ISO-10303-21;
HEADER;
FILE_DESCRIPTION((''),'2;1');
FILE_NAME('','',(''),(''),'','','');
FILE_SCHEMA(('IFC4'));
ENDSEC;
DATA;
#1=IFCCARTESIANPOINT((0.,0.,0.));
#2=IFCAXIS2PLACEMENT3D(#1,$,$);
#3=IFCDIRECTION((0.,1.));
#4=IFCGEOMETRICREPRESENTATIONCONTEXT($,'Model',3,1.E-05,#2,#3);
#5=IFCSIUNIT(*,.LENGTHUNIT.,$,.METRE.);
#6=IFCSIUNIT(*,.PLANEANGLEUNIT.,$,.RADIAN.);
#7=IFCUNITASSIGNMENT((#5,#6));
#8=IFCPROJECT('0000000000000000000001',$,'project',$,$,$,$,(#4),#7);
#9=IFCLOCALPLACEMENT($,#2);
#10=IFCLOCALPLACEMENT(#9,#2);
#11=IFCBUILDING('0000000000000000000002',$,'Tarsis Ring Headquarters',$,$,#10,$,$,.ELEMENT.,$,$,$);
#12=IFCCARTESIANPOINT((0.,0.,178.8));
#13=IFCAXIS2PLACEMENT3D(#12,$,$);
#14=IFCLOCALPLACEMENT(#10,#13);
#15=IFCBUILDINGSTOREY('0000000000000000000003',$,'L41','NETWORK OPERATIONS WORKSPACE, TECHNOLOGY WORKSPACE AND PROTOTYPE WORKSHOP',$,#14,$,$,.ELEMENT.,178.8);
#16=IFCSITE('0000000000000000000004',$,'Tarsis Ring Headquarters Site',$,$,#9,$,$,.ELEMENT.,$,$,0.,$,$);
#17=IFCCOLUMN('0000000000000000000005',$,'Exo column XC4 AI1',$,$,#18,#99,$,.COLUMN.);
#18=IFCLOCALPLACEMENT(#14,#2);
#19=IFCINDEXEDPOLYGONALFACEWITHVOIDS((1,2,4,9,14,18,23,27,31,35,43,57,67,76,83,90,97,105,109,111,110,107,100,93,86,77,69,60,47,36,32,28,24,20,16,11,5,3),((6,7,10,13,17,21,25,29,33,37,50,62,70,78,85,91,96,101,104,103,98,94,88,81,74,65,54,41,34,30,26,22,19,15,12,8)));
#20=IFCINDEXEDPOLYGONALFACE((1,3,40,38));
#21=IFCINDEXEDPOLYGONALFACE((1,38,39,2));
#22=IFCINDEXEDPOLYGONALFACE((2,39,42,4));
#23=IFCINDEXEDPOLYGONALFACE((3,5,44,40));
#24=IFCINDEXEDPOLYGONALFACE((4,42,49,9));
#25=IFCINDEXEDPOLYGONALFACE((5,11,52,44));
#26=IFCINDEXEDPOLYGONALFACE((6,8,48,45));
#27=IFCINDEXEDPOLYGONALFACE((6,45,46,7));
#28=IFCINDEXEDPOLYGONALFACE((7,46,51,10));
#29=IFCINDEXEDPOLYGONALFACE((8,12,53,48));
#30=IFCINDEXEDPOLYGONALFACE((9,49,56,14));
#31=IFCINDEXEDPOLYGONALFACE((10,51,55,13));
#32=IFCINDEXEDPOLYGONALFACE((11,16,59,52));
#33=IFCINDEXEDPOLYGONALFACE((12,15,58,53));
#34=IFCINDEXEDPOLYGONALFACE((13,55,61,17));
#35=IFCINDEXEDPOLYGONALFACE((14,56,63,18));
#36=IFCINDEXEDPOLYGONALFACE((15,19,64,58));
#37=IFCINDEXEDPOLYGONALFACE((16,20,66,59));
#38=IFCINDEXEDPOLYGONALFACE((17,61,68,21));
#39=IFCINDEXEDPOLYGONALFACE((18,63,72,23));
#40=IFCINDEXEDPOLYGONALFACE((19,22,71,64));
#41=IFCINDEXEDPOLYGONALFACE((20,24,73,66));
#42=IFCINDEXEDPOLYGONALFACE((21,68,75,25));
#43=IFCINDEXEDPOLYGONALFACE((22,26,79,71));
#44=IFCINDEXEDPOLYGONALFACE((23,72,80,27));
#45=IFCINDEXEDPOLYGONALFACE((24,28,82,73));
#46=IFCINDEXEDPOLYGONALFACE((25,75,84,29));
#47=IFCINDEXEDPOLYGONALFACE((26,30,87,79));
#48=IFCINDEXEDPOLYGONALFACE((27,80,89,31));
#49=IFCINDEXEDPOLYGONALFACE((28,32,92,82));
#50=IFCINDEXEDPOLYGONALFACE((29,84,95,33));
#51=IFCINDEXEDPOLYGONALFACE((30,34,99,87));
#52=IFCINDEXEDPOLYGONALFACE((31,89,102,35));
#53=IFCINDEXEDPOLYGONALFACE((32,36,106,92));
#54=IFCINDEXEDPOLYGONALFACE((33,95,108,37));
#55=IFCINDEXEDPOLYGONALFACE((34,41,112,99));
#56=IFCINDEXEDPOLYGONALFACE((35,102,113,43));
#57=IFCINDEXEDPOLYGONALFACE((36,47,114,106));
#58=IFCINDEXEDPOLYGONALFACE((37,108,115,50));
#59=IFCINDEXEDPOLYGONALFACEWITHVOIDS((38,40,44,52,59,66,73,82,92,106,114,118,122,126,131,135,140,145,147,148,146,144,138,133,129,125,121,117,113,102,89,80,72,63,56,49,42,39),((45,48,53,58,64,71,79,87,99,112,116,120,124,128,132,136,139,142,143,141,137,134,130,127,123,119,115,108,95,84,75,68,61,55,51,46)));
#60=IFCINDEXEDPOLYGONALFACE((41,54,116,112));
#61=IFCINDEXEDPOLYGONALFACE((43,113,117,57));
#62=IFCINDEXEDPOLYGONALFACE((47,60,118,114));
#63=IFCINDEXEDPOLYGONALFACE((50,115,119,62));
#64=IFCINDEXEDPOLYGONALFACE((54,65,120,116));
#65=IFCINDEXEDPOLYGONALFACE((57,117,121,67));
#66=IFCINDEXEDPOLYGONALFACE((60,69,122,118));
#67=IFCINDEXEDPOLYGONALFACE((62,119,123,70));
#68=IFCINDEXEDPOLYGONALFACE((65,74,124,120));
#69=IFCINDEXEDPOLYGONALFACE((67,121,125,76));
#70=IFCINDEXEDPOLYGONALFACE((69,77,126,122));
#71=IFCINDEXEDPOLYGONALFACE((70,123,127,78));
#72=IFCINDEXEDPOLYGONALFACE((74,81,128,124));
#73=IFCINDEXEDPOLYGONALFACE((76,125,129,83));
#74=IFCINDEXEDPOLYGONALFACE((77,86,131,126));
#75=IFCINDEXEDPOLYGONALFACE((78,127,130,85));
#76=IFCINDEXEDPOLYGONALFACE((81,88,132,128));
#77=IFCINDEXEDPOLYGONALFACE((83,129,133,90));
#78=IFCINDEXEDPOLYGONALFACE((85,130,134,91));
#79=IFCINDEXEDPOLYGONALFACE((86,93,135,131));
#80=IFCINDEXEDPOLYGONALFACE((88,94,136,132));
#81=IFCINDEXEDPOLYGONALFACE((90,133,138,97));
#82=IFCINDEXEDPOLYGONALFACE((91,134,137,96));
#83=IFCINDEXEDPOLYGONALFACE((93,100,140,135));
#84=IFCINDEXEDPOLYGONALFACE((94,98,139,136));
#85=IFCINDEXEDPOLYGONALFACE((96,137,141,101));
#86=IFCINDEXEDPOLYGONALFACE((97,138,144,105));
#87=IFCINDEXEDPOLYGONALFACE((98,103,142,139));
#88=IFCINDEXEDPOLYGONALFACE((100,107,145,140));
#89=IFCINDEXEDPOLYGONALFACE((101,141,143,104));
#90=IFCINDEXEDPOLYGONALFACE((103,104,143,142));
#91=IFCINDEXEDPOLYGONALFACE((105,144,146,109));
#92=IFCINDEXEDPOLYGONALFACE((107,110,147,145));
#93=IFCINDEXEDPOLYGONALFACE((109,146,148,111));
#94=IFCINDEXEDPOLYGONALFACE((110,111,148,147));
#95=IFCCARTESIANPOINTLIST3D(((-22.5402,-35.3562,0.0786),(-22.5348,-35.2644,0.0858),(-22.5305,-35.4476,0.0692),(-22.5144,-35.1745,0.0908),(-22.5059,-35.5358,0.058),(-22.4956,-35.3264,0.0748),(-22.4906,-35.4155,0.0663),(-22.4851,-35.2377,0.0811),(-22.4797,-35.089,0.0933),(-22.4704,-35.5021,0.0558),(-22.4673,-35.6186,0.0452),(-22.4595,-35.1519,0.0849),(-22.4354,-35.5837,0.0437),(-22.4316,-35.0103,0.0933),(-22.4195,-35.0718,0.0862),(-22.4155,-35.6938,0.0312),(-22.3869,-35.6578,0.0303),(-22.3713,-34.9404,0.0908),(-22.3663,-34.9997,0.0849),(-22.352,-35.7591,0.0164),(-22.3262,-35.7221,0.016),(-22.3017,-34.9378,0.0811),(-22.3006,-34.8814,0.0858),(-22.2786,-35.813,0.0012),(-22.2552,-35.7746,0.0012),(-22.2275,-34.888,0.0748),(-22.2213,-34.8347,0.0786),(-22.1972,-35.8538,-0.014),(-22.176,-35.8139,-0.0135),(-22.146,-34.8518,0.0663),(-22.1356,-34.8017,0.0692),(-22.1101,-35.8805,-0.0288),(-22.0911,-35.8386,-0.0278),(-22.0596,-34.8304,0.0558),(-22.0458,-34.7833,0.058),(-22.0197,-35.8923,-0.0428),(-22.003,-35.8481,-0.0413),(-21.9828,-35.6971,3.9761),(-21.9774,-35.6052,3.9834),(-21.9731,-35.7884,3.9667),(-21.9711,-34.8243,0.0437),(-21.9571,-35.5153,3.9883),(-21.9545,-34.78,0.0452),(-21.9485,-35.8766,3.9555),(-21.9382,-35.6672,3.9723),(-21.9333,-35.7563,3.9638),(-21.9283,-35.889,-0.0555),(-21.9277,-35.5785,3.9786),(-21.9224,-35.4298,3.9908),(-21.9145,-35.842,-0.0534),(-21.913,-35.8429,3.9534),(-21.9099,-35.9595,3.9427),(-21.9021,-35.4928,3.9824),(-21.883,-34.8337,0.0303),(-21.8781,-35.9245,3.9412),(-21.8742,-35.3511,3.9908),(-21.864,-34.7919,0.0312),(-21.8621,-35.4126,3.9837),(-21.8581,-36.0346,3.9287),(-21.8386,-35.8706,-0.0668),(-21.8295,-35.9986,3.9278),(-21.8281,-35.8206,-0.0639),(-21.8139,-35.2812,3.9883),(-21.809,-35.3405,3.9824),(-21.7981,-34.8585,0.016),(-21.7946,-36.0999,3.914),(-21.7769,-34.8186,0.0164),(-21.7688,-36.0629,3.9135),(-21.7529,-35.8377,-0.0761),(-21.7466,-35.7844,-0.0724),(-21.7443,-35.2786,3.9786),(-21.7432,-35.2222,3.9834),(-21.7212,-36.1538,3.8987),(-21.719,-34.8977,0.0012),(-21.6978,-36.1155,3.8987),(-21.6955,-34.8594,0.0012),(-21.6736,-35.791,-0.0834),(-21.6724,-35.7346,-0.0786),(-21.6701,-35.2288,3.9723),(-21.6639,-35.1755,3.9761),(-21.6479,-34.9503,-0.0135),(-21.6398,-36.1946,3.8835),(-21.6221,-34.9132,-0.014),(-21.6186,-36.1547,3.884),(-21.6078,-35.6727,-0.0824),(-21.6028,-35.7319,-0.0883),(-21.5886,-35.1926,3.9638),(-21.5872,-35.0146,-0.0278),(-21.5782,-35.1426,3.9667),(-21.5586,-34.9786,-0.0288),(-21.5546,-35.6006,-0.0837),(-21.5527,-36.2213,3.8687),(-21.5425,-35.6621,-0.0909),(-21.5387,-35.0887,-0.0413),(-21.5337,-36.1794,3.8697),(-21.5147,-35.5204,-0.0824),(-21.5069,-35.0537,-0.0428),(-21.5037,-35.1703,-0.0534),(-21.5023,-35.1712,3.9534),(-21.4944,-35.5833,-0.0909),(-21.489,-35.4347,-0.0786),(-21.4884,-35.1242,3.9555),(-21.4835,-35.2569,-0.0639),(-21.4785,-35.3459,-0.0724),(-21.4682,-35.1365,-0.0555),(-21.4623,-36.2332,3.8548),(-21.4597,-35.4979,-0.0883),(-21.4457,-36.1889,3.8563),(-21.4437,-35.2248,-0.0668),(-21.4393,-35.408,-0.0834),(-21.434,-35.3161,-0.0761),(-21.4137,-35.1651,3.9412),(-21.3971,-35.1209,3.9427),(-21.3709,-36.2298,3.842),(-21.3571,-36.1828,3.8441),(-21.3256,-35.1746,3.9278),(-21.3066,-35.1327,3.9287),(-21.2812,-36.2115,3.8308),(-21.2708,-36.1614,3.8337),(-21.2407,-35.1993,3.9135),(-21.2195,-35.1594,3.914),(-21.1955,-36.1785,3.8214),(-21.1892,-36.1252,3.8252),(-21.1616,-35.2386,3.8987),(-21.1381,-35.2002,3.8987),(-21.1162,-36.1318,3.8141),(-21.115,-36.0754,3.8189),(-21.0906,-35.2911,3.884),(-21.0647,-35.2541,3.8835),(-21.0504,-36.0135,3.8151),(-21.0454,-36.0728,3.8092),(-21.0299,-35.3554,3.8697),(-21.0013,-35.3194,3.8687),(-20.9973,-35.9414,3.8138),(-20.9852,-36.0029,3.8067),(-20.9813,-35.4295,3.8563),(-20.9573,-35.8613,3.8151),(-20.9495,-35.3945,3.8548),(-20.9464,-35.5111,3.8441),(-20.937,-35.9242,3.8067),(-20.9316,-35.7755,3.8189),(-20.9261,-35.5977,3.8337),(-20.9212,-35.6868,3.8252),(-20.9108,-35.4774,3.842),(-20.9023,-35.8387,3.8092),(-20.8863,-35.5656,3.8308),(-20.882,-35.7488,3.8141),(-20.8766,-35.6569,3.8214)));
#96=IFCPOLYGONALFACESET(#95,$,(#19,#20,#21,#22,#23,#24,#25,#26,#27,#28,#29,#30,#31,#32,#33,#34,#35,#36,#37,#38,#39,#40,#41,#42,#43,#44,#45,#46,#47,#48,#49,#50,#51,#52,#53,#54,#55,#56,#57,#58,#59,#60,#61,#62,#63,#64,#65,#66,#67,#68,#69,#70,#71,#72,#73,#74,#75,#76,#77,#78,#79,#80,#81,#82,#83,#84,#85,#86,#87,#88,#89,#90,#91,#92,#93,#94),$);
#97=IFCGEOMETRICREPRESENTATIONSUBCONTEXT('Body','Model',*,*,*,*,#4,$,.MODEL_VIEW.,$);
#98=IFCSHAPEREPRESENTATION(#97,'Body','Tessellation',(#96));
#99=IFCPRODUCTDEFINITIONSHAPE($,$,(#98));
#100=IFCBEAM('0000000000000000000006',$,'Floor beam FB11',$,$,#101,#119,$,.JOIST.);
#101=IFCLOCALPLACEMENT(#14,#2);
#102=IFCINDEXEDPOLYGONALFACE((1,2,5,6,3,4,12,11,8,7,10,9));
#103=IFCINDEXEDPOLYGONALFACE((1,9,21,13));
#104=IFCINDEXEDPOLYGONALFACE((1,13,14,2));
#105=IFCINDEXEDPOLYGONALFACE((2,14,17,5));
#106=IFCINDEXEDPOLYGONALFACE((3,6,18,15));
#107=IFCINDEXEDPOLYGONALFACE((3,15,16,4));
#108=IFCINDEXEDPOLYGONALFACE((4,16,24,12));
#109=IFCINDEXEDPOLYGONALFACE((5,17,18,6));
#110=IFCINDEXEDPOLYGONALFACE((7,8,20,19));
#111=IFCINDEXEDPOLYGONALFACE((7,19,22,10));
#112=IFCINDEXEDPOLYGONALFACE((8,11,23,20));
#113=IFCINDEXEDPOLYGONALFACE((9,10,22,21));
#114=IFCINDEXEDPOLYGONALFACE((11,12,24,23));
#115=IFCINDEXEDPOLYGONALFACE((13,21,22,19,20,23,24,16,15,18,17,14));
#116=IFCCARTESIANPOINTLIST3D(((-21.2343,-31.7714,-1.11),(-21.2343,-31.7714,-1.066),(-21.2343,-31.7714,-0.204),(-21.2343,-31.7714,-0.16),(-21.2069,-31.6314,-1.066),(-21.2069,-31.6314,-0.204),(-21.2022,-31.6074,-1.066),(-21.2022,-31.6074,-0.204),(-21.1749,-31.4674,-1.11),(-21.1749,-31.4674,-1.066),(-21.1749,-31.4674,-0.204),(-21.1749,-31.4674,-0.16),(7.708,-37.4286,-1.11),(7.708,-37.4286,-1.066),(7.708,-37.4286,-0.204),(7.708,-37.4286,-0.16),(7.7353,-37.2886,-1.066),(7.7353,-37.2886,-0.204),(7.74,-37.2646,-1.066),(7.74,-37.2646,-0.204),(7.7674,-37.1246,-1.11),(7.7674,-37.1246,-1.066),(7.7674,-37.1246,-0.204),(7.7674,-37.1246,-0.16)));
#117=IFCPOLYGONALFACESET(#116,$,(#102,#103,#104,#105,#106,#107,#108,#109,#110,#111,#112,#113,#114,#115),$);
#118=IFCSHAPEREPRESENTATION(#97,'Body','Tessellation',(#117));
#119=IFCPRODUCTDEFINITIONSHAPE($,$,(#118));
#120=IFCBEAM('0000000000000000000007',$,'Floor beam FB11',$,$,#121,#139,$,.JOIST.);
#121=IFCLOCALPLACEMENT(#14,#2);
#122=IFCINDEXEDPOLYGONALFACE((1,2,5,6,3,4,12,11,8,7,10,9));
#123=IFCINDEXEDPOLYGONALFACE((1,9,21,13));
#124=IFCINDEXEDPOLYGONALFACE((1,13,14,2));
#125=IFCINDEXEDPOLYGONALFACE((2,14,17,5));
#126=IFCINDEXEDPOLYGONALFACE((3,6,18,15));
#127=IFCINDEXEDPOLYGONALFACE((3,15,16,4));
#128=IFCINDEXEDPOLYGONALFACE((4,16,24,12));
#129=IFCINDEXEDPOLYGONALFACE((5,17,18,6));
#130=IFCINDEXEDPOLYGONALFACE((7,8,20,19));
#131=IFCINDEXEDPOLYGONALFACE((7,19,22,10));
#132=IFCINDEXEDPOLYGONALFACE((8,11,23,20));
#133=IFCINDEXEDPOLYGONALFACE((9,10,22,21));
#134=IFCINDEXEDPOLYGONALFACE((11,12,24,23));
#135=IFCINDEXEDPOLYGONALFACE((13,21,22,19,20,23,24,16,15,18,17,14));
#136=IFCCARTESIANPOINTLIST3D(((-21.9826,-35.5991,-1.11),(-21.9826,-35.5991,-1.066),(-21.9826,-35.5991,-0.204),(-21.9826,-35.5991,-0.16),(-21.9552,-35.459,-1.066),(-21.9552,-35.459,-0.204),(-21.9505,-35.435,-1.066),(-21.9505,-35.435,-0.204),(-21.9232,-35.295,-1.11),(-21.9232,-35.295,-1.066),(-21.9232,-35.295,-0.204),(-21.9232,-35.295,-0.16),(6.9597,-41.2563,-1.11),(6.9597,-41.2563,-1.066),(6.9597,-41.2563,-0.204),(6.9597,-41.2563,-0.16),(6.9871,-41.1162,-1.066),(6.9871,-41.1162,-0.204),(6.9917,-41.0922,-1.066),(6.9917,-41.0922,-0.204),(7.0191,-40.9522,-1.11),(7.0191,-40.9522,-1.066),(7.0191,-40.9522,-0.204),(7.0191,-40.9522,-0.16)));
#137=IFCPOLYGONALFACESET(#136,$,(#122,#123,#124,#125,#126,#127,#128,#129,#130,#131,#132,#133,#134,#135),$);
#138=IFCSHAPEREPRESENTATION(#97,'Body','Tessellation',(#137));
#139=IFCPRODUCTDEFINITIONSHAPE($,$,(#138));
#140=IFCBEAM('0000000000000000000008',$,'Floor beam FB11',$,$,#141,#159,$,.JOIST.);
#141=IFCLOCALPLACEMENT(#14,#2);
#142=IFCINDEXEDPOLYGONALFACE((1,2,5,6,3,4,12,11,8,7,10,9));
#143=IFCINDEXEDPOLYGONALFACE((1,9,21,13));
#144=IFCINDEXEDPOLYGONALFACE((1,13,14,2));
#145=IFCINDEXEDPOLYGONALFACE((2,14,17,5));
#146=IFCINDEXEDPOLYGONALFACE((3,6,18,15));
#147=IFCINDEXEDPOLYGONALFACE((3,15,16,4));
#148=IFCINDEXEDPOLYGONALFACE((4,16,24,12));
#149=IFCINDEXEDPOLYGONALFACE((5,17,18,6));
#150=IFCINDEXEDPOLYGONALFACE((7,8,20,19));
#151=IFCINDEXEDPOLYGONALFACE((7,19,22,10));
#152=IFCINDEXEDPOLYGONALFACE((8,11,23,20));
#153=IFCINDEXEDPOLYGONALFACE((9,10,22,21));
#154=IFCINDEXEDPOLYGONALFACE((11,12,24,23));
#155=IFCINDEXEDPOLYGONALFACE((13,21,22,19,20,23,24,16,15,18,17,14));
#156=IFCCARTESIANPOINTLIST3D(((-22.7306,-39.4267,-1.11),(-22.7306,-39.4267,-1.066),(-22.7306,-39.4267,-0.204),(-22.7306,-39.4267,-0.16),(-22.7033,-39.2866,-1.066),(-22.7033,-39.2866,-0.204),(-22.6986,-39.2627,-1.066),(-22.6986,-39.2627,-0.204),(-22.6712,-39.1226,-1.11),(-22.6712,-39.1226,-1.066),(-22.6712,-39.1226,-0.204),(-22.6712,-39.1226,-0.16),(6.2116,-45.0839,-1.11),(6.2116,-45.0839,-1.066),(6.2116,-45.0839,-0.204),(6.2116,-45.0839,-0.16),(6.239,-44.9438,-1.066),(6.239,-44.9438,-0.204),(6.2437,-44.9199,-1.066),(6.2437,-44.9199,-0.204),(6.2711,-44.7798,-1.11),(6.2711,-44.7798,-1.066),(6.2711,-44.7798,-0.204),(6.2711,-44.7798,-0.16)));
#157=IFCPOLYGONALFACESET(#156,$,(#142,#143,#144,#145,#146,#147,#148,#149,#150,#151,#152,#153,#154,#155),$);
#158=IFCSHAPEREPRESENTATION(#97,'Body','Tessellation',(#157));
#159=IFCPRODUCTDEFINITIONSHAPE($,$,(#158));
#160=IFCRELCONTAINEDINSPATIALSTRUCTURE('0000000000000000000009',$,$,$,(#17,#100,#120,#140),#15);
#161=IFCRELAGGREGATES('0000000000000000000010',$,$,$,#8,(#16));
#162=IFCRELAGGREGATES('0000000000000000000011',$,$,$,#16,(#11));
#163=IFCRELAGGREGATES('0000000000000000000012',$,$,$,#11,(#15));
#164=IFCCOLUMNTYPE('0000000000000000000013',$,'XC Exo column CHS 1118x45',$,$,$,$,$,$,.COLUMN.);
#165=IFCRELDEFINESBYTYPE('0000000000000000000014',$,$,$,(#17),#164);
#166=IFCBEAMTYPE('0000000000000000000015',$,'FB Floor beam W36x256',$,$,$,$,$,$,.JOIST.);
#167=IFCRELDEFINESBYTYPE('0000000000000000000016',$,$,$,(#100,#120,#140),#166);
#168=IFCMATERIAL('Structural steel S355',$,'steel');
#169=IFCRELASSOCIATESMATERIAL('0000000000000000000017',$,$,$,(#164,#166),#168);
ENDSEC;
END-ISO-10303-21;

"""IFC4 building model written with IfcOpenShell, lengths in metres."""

from ifc_helpers import new_model, si_unit, direction, frame, origin, origin_2d, place, context, subcontext, project, spatial, hollow_circle, i_section, extrude, material, material_profile, profile_set, type_object, element, save


model = new_model("IFC4")

# Units and contexts
model_context = context("Model", 3, precision=1e-05, world=origin(), true_north=direction((0.0, 1.0)))
body_context = subcontext(model_context, "Body", "Model", "MODEL_VIEW")
ifc_project = project(units=[si_unit("LENGTHUNIT", "METRE"), si_unit("PLANEANGLEUNIT", "RADIAN")], contexts=[model_context])

# Site, building, storey
site_placement = place(None, origin())
site = spatial("IfcSite", under=ifc_project, at=site_placement, Name="Tarsis Ring Headquarters Site", CompositionType="ELEMENT", RefElevation=0.0)
building_placement = place(site_placement, origin())
building = spatial("IfcBuilding", under=site, at=building_placement, Name="Tarsis Ring Headquarters", CompositionType="ELEMENT")
storey_placement = place(building_placement, frame((0.0, 0.0, 178.8)))
storey = spatial("IfcBuildingStorey", under=building, at=storey_placement, Name="L41", Description="NETWORK OPERATIONS WORKSPACE, TECHNOLOGY WORKSPACE AND PROTOTYPE WORKSHOP", CompositionType="ELEMENT", Elevation=178.8)

# Column
ifc_material_1 = material(Name="Structural steel S355", Category="steel")
ifc_material_profile_1 = material_profile(ifc_material_1, hollow_circle(Radius=0.5588, WallThickness=0.0449, at=origin_2d()), Name="CHS 1118x45")
ifc_profile_set_1 = profile_set([ifc_material_profile_1], Name="Structural steel S355")
column_type = type_object("IfcColumnType", Name="XC Exo column CHS 1118x45", PredefinedType="COLUMN", material=ifc_profile_set_1)
column_placement = place(storey_placement, frame((-21.9871, -35.3362, 0.0012), z_axis=(0.141041, -0.086243, 0.98624), x_axis=(0.521677, 0.853143, 0.0)))
element("IfcColumn", 1, at=column_placement, inside=storey, type_object=column_type, Name="Exo column XC4 AI1", PredefinedType="COLUMN", context=body_context, shape_type="SweptSolid", body=[
    extrude(hollow_circle(Radius=0.5588, WallThickness=0.0449, at=origin_2d()), origin(), (0.0, 0.0, 1.0), 3.9519),
])

# Beams
ifc_material_profile_2 = material_profile(ifc_material_1, i_section(OverallWidth=0.3098, OverallDepth=0.95, WebThickness=0.0244, FlangeThickness=0.0439, at=origin_2d()), Name="W36x256")
ifc_profile_set_2 = profile_set([ifc_material_profile_2], Name="Structural steel S355")
beam_type_1 = type_object("IfcBeamType", Name="FB Floor beam W36x256", PredefinedType="JOIST", material=ifc_profile_set_2)
for number, where, z_axis, x_axis, name in (
    (2, (-21.2046, -31.6194, -0.635), (0.981427, -0.191835, 0.0), (0.191835, 0.981427, 0.0), "Floor beam FB11"),
    (3, (-21.9529, -35.447, -0.635), (0.981427, -0.191835, 0.0), (0.191835, 0.981427, 0.0), "Floor beam FB11"),
    (4, (-22.7009, -39.2747, -0.635), (0.981427, -0.191835, 0.0), (0.191835, 0.981427, 0.0), "Floor beam FB11"),
):
    element("IfcBeam", number, at=place(storey_placement, frame(where, z_axis=z_axis, x_axis=x_axis)), inside=storey, type_object=beam_type_1, Name=name, PredefinedType="JOIST", context=body_context, shape_type="SweptSolid", body=[
        extrude(i_section(OverallWidth=0.3098, OverallDepth=0.95, WebThickness=0.0244, FlangeThickness=0.0439, at=origin_2d()), origin(), (0.0, 0.0, 1.0), 29.49),
    ])

save(model, "model.ifc")
